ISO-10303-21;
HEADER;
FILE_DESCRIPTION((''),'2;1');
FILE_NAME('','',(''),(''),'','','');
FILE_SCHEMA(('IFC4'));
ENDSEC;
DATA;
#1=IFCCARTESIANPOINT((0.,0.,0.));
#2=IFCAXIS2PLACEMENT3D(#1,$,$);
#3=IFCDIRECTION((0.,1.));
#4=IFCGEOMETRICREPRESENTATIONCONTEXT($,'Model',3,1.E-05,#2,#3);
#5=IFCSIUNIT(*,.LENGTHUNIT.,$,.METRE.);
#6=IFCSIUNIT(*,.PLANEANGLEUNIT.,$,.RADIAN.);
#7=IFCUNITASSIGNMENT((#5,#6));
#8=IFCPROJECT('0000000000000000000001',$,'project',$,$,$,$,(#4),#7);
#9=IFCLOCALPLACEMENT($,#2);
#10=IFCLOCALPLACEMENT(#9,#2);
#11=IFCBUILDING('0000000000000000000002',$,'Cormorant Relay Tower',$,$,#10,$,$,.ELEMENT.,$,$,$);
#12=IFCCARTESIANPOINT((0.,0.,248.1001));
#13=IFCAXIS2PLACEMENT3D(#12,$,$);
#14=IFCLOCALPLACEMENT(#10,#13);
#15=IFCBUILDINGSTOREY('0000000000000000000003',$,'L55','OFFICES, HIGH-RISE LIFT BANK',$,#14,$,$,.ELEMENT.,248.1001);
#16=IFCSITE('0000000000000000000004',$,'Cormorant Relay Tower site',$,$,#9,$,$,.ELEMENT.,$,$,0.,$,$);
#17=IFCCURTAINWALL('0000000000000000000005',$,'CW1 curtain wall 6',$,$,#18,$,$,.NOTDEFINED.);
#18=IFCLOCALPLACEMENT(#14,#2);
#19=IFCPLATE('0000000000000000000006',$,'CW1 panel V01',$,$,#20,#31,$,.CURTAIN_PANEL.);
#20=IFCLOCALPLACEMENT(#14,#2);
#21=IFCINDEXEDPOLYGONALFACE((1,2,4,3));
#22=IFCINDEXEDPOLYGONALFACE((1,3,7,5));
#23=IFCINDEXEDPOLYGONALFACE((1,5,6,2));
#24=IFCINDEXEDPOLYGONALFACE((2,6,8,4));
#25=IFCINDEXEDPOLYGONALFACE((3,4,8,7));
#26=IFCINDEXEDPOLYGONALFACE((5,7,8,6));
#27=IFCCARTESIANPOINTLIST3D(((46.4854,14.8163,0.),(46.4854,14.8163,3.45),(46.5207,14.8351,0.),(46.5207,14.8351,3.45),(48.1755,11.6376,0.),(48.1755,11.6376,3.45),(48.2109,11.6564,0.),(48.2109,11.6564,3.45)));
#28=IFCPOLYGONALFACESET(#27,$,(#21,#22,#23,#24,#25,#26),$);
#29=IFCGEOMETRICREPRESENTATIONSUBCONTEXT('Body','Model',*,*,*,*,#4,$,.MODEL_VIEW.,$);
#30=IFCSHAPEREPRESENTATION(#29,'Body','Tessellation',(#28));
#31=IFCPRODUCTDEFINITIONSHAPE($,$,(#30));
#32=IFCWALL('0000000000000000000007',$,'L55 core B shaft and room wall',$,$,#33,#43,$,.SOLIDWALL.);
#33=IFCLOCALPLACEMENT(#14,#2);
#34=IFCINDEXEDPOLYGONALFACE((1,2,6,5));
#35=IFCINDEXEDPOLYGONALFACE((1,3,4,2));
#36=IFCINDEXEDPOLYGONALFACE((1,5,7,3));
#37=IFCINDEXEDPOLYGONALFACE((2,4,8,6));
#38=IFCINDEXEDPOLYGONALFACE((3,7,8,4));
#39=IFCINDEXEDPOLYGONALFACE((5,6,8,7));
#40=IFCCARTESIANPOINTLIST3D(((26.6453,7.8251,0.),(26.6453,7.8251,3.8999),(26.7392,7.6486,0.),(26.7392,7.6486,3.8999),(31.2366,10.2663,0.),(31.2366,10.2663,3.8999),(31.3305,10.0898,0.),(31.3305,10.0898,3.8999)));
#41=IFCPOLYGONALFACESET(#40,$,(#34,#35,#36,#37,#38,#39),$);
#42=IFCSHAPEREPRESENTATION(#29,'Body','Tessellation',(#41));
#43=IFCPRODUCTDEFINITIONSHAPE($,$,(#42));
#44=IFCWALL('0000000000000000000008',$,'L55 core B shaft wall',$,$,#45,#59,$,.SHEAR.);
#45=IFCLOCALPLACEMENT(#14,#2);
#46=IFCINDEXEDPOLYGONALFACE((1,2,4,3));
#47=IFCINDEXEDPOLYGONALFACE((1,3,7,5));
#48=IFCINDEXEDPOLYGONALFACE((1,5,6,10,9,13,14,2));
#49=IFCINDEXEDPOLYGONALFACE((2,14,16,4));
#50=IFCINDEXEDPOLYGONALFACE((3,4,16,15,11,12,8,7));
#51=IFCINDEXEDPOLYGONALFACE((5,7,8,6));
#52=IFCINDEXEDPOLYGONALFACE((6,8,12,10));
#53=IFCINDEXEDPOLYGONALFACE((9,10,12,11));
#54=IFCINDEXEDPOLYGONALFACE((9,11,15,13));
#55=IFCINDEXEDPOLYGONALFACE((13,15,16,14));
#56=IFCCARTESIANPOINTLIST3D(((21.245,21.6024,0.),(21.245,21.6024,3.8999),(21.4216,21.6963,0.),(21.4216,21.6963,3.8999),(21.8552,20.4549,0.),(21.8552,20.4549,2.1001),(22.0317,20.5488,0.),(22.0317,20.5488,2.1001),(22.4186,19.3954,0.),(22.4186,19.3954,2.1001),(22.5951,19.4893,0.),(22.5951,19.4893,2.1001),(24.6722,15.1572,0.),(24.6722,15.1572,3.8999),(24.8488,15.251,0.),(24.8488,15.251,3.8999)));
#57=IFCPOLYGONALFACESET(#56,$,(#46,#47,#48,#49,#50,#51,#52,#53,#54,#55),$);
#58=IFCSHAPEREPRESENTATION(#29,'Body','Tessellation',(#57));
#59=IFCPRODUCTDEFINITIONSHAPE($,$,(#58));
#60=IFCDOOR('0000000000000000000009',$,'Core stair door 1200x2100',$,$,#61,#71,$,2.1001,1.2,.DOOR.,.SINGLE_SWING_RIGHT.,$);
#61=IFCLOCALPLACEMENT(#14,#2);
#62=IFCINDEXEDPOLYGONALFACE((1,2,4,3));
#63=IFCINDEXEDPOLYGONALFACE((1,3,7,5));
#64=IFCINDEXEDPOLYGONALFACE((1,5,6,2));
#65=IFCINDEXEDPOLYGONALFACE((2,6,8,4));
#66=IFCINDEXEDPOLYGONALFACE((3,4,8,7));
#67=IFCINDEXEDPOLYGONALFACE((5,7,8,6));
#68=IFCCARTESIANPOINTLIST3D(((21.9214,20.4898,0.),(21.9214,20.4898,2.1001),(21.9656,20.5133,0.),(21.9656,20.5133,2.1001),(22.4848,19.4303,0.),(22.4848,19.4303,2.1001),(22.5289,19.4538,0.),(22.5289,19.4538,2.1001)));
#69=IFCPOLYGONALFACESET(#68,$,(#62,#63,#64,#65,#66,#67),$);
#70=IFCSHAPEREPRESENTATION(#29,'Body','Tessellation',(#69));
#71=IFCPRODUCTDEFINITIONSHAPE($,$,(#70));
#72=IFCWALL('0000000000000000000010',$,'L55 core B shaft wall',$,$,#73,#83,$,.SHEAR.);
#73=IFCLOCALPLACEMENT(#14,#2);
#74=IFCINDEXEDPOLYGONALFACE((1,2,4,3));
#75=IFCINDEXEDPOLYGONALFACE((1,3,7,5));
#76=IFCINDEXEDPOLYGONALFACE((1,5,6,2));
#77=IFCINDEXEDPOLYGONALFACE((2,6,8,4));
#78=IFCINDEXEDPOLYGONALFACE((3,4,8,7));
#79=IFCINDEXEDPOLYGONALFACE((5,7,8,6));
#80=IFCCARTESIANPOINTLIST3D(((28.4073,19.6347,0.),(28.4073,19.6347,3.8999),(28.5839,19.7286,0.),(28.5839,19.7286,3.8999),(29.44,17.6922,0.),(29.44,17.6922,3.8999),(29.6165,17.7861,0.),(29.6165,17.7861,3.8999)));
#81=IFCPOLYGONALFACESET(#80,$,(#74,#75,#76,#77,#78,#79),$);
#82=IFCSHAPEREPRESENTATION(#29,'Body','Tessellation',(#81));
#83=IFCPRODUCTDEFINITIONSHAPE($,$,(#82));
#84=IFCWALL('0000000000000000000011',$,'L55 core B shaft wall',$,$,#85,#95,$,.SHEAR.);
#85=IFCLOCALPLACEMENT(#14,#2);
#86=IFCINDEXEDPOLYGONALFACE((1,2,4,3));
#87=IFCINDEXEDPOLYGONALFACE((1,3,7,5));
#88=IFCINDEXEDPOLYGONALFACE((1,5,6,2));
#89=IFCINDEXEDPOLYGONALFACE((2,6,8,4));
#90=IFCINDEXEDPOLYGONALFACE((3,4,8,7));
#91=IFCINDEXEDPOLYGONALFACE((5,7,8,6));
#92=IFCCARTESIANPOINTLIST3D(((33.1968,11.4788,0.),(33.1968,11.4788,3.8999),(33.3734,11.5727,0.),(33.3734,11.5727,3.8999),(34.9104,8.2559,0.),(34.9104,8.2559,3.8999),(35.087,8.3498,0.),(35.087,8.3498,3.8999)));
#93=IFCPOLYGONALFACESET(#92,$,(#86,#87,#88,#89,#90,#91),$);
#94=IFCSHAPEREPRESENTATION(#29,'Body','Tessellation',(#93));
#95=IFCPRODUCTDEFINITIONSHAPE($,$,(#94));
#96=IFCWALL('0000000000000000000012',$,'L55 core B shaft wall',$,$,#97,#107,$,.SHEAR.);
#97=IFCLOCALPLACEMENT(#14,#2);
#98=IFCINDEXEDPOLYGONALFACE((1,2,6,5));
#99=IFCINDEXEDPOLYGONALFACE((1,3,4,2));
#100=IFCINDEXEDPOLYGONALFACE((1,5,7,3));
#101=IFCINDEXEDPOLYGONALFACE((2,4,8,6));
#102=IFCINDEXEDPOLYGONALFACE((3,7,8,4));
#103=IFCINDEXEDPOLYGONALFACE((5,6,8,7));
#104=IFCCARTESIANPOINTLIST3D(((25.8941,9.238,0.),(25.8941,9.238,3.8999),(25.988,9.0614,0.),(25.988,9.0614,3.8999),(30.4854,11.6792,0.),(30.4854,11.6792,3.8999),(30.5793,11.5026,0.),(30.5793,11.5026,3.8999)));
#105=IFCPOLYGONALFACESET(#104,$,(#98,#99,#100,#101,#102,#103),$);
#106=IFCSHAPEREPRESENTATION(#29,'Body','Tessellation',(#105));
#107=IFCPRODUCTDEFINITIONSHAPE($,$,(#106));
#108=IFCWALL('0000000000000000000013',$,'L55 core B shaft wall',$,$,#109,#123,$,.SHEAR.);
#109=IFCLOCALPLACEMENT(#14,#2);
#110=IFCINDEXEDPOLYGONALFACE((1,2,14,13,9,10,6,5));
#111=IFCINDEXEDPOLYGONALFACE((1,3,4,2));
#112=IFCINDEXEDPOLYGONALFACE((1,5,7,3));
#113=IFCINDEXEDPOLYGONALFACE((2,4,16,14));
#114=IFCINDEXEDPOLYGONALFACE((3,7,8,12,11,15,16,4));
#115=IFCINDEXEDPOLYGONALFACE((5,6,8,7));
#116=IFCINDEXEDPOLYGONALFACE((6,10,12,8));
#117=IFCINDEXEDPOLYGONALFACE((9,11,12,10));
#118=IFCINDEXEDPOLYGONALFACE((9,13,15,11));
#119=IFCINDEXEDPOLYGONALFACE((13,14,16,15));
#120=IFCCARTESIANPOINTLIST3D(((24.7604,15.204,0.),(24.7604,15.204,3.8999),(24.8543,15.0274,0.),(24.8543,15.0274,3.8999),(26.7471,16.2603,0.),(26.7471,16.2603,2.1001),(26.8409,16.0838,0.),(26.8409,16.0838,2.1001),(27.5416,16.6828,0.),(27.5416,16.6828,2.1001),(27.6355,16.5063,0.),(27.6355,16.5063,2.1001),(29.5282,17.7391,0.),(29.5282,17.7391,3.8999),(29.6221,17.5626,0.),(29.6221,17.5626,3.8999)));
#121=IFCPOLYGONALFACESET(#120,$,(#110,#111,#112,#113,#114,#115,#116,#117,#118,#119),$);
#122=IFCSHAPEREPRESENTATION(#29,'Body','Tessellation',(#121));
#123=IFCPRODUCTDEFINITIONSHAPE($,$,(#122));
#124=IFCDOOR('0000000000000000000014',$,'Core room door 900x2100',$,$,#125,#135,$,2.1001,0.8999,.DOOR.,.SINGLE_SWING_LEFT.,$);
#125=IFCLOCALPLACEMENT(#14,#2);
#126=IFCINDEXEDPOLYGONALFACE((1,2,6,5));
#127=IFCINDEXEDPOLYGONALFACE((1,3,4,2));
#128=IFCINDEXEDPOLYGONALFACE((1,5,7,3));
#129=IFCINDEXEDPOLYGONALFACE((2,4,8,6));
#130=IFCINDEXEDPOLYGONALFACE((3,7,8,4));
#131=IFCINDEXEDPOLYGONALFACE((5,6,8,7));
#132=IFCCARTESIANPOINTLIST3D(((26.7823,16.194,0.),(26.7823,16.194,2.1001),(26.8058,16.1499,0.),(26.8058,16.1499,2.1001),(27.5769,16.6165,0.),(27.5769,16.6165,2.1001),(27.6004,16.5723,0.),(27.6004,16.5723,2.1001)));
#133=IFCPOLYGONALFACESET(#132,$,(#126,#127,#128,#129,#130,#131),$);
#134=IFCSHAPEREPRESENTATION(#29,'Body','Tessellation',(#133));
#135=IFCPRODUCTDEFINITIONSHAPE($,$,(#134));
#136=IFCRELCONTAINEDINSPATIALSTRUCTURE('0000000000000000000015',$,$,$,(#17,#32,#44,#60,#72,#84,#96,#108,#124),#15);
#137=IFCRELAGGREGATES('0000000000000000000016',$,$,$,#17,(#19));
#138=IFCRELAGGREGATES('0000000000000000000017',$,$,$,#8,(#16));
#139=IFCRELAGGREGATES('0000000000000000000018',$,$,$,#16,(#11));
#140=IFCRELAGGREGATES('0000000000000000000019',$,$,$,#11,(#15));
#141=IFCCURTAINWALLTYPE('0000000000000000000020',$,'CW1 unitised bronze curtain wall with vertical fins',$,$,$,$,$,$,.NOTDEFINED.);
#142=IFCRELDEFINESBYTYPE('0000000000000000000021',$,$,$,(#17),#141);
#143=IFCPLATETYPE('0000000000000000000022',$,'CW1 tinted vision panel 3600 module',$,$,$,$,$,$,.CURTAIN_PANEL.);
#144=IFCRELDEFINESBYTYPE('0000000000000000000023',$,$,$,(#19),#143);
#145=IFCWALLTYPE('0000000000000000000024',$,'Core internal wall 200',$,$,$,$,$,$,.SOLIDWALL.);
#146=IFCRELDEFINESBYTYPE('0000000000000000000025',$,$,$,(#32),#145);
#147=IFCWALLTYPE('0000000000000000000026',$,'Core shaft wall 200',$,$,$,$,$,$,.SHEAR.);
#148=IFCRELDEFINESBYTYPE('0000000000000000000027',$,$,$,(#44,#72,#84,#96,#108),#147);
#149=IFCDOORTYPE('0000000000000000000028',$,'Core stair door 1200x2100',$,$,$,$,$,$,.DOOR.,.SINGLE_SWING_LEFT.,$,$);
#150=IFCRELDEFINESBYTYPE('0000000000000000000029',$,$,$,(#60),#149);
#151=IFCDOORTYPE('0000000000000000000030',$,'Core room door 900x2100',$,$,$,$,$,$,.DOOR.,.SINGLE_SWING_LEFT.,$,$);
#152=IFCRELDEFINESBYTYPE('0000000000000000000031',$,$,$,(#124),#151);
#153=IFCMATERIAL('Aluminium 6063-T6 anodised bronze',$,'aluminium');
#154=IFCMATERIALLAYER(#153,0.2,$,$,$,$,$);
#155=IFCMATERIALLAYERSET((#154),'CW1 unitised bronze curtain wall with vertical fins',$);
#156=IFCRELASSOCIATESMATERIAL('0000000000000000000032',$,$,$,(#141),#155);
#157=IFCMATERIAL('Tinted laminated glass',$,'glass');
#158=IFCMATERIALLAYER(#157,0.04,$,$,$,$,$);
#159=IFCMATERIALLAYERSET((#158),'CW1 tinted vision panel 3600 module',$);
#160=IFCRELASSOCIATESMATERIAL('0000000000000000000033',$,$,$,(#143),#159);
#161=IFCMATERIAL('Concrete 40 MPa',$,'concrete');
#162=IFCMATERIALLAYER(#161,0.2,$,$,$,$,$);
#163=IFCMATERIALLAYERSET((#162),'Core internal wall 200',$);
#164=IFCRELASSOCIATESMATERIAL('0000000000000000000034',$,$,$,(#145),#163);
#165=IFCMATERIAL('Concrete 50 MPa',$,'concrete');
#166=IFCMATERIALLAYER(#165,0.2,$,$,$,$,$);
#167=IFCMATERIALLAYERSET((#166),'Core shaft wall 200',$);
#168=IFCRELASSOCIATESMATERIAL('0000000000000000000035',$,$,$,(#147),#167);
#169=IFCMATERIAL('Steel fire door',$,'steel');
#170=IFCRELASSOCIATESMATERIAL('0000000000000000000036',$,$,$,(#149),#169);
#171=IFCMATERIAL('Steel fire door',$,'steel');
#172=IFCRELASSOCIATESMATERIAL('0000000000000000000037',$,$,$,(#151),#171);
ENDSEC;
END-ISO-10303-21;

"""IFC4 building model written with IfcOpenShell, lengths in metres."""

from ifc_helpers import new_model, si_unit, direction, frame, frame_2d, origin, origin_2d, place, context, subcontext, project, spatial, rectangle, extrude, material, layer, layer_set, type_object, element, fill, aggregate, save


model = new_model("IFC4")

# Units and contexts
model_context = context("Model", 3, precision=1e-05, world=origin(), true_north=direction((0.0, 1.0)))
body_context = subcontext(model_context, "Body", "Model", "MODEL_VIEW")
ifc_project = project(units=[si_unit("LENGTHUNIT", "METRE"), si_unit("PLANEANGLEUNIT", "RADIAN")], contexts=[model_context])

# Site, building, storey
site_placement = place(None, origin())
site = spatial("IfcSite", under=ifc_project, at=site_placement, Name="Cormorant Relay Tower site", CompositionType="ELEMENT", RefElevation=0.0)
building_placement = place(site_placement, origin())
building = spatial("IfcBuilding", under=site, at=building_placement, Name="Cormorant Relay Tower", CompositionType="ELEMENT")
storey_placement = place(building_placement, frame((0.0, 0.0, 248.1001)))
storey = spatial("IfcBuildingStorey", under=building, at=storey_placement, Name="L55", Description="OFFICES, HIGH-RISE LIFT BANK", CompositionType="ELEMENT", Elevation=248.1001)

# Curtain wall
ifc_material_1 = material(Name="Aluminium 6063-T6 anodised bronze", Category="aluminium")
ifc_layer_1 = layer(ifc_material_1, 0.2)
ifc_layer_set_1 = layer_set([ifc_layer_1], Name="CW1 unitised bronze curtain wall with vertical fins")
curtain_wall_type = type_object("IfcCurtainWallType", Name="CW1 unitised bronze curtain wall with vertical fins", PredefinedType="NOTDEFINED", material=ifc_layer_set_1)
curtain_wall_1_placement = place(storey_placement, origin())
curtain_wall_1 = element("IfcCurtainWall", 1, at=curtain_wall_1_placement, inside=storey, type_object=curtain_wall_type, Name="CW1 curtain wall 6", PredefinedType="NOTDEFINED")

# Plate
ifc_material_2 = material(Name="Tinted laminated glass", Category="glass")
ifc_layer_2 = layer(ifc_material_2, 0.04)
ifc_layer_set_2 = layer_set([ifc_layer_2], Name="CW1 tinted vision panel 3600 module")
plate_type_1 = type_object("IfcPlateType", Name="CW1 tinted vision panel 3600 module", PredefinedType="CURTAIN_PANEL", material=ifc_layer_set_2)
plate_1_placement = place(storey_placement, frame((47.3481, 13.2363, 0.0), z_axis=(0.0, 0.0, 1.0), x_axis=(-0.469472, 0.882948, 0.0)))
plate_1 = element("IfcPlate", 2, at=plate_1_placement, type_object=plate_type_1, Name="CW1 panel V01", PredefinedType="CURTAIN_PANEL", context=body_context, shape_type="SweptSolid", body=[
    extrude(rectangle(XDim=3.6001, YDim=0.04, at=origin_2d()), origin(), (0.0, 0.0, 1.0), 3.45),
])

# Wall
ifc_material_3 = material(Name="Concrete 40 MPa", Category="concrete")
ifc_layer_3 = layer(ifc_material_3, 0.2)
ifc_layer_set_3 = layer_set([ifc_layer_3], Name="Core internal wall 200")
wall_type_1 = type_object("IfcWallType", Name="Core internal wall 200", PredefinedType="SOLIDWALL", material=ifc_layer_set_3)
wall_1_placement = place(storey_placement, frame((26.6921, 7.7368, 0.0), z_axis=(0.0, 0.0, 1.0), x_axis=(0.882954, 0.46946, 0.0)))
element("IfcWall", 3, at=wall_1_placement, inside=storey, type_object=wall_type_1, Name="L55 core B shaft and room wall", PredefinedType="SOLIDWALL", context=body_context, shape_type="SweptSolid", body=[
    extrude(rectangle(XDim=5.2, YDim=0.2, at=frame_2d((2.6001, 0.0))), origin(), (0.0, 0.0, 1.0), 3.8999),
])

# Wall, opening, door
ifc_material_4 = material(Name="Concrete 50 MPa", Category="concrete")
ifc_layer_4 = layer(ifc_material_4, 0.2)
ifc_layer_set_4 = layer_set([ifc_layer_4], Name="Core shaft wall 200")
wall_type_2 = type_object("IfcWallType", Name="Core shaft wall 200", PredefinedType="SHEAR", material=ifc_layer_set_4)
wall_2_placement = place(storey_placement, frame((24.7605, 15.2041, 0.0), z_axis=(0.0, 0.0, 1.0), x_axis=(-0.469494, 0.882936, 0.0)))
wall_2 = element("IfcWall", 4, at=wall_2_placement, inside=storey, type_object=wall_type_2, Name="L55 core B shaft wall", PredefinedType="SHEAR", context=body_context, shape_type="SweptSolid", body=[
    extrude(rectangle(XDim=7.2998, YDim=0.2, at=frame_2d((3.6499, 0.0))), origin(), (0.0, 0.0, 1.0), 3.8999),
])
opening_1_placement = place(wall_2_placement, frame((4.8, 0.0, 0.0)))
opening_1 = element("IfcOpeningElement", 5, at=opening_1_placement, cuts=wall_2, PredefinedType="OPENING", context=body_context, shape_type="SweptSolid", body=[
    extrude(rectangle(XDim=1.2, YDim=2.1001, at=frame_2d((0.6001, 1.05))), frame((0.0, 0.1099, 0.0), z_axis=(0.0, -1.0, 0.0), x_axis=(1.0, 0.0, 0.0)), (0.0, 0.0, 1.0), 0.22),
])
ifc_material_5 = material(Name="Steel fire door", Category="steel")
door_type_1 = type_object("IfcDoorType", Name="Core stair door 1200x2100", OperationType="SINGLE_SWING_LEFT", PredefinedType="DOOR", material=ifc_material_5)
door_1_placement = place(opening_1_placement, frame((1.2, 0.0, 0.0), z_axis=(0.0, 0.0, 1.0), x_axis=(-1.0, 0.0, 0.0)))
door_1 = element("IfcDoor", 6, at=door_1_placement, inside=storey, type_object=door_type_1, Name="Core stair door 1200x2100", OperationType="SINGLE_SWING_RIGHT", OverallHeight=2.1001, OverallWidth=1.2, PredefinedType="DOOR", context=body_context, shape_type="SweptSolid", body=[
    extrude(rectangle(XDim=1.2, YDim=2.1001, at=frame_2d((0.6001, 1.05))), frame((0.0, 0.0249, 0.0), z_axis=(0.0, -1.0, 0.0), x_axis=(1.0, 0.0, 0.0)), (0.0, 0.0, 1.0), 0.05),
])
fill(opening_1, door_1)

# Walls
wall_3_placement = place(storey_placement, frame((29.5283, 17.739, 0.0), z_axis=(0.0, 0.0, 1.0), x_axis=(-0.469401, 0.882985, 0.0)))
element("IfcWall", 7, at=wall_3_placement, inside=storey, type_object=wall_type_2, Name="L55 core B shaft wall", PredefinedType="SHEAR", context=body_context, shape_type="SweptSolid", body=[
    extrude(rectangle(XDim=2.2, YDim=0.2, at=frame_2d((1.1001, 0.0))), origin(), (0.0, 0.0, 1.0), 3.8999),
])
wall_4_placement = place(storey_placement, frame((34.9988, 8.3027, 0.0), z_axis=(0.0, 0.0, 1.0), x_axis=(-0.469467, 0.88295, 0.0)))
element("IfcWall", 8, at=wall_4_placement, inside=storey, type_object=wall_type_2, Name="L55 core B shaft wall", PredefinedType="SHEAR", context=body_context, shape_type="SweptSolid", body=[
    extrude(rectangle(XDim=3.6501, YDim=0.2, at=frame_2d((1.8252, 0.0))), origin(), (0.0, 0.0, 1.0), 3.8999),
])

# Wall
wall_5_placement = place(storey_placement, frame((25.9409, 9.1497, 0.0), z_axis=(0.0, 0.0, 1.0), x_axis=(0.882954, 0.46946, 0.0)))
element("IfcWall", 9, at=wall_5_placement, inside=storey, type_object=wall_type_2, Name="L55 core B shaft wall", PredefinedType="SHEAR", context=body_context, shape_type="SweptSolid", body=[
    extrude(rectangle(XDim=5.2, YDim=0.2, at=frame_2d((2.6001, 0.0))), origin(), (0.0, 0.0, 1.0), 3.8999),
])

# Wall, opening, door
wall_6_placement = place(storey_placement, frame((24.8074, 15.1157, 0.0), z_axis=(0.0, 0.0, 1.0), x_axis=(0.882943, 0.46948, 0.0)))
wall_6 = element("IfcWall", 10, at=wall_6_placement, inside=storey, type_object=wall_type_2, Name="L55 core B shaft wall", PredefinedType="SHEAR", context=body_context, shape_type="SweptSolid", body=[
    extrude(rectangle(XDim=5.3999, YDim=0.2, at=frame_2d((2.7, 0.0))), origin(), (0.0, 0.0, 1.0), 3.8999),
])
opening_2_placement = place(wall_6_placement, frame((2.25, 0.0, 0.0)))
opening_2 = element("IfcOpeningElement", 11, at=opening_2_placement, cuts=wall_6, PredefinedType="OPENING", context=body_context, shape_type="SweptSolid", body=[
    extrude(rectangle(XDim=0.8999, YDim=2.1001, at=frame_2d((0.45, 1.05))), frame((0.0, 0.1099, 0.0), z_axis=(0.0, -1.0, 0.0), x_axis=(1.0, 0.0, 0.0)), (0.0, 0.0, 1.0), 0.22),
])
ifc_material_6 = material(Name="Steel fire door", Category="steel")
door_type_2 = type_object("IfcDoorType", Name="Core room door 900x2100", OperationType="SINGLE_SWING_LEFT", PredefinedType="DOOR", material=ifc_material_6)
door_2_placement = place(opening_2_placement, origin())
door_2 = element("IfcDoor", 12, at=door_2_placement, inside=storey, type_object=door_type_2, Name="Core room door 900x2100", OperationType="SINGLE_SWING_LEFT", OverallHeight=2.1001, OverallWidth=0.8999, PredefinedType="DOOR", context=body_context, shape_type="SweptSolid", body=[
    extrude(rectangle(XDim=0.8999, YDim=2.1001, at=frame_2d((0.45, 1.05))), frame((0.0, 0.0249, 0.0), z_axis=(0.0, -1.0, 0.0), x_axis=(1.0, 0.0, 0.0)), (0.0, 0.0, 1.0), 0.05),
])
fill(opening_2, door_2)

aggregate(curtain_wall_1, [plate_1])

save(model, "model.ifc")
